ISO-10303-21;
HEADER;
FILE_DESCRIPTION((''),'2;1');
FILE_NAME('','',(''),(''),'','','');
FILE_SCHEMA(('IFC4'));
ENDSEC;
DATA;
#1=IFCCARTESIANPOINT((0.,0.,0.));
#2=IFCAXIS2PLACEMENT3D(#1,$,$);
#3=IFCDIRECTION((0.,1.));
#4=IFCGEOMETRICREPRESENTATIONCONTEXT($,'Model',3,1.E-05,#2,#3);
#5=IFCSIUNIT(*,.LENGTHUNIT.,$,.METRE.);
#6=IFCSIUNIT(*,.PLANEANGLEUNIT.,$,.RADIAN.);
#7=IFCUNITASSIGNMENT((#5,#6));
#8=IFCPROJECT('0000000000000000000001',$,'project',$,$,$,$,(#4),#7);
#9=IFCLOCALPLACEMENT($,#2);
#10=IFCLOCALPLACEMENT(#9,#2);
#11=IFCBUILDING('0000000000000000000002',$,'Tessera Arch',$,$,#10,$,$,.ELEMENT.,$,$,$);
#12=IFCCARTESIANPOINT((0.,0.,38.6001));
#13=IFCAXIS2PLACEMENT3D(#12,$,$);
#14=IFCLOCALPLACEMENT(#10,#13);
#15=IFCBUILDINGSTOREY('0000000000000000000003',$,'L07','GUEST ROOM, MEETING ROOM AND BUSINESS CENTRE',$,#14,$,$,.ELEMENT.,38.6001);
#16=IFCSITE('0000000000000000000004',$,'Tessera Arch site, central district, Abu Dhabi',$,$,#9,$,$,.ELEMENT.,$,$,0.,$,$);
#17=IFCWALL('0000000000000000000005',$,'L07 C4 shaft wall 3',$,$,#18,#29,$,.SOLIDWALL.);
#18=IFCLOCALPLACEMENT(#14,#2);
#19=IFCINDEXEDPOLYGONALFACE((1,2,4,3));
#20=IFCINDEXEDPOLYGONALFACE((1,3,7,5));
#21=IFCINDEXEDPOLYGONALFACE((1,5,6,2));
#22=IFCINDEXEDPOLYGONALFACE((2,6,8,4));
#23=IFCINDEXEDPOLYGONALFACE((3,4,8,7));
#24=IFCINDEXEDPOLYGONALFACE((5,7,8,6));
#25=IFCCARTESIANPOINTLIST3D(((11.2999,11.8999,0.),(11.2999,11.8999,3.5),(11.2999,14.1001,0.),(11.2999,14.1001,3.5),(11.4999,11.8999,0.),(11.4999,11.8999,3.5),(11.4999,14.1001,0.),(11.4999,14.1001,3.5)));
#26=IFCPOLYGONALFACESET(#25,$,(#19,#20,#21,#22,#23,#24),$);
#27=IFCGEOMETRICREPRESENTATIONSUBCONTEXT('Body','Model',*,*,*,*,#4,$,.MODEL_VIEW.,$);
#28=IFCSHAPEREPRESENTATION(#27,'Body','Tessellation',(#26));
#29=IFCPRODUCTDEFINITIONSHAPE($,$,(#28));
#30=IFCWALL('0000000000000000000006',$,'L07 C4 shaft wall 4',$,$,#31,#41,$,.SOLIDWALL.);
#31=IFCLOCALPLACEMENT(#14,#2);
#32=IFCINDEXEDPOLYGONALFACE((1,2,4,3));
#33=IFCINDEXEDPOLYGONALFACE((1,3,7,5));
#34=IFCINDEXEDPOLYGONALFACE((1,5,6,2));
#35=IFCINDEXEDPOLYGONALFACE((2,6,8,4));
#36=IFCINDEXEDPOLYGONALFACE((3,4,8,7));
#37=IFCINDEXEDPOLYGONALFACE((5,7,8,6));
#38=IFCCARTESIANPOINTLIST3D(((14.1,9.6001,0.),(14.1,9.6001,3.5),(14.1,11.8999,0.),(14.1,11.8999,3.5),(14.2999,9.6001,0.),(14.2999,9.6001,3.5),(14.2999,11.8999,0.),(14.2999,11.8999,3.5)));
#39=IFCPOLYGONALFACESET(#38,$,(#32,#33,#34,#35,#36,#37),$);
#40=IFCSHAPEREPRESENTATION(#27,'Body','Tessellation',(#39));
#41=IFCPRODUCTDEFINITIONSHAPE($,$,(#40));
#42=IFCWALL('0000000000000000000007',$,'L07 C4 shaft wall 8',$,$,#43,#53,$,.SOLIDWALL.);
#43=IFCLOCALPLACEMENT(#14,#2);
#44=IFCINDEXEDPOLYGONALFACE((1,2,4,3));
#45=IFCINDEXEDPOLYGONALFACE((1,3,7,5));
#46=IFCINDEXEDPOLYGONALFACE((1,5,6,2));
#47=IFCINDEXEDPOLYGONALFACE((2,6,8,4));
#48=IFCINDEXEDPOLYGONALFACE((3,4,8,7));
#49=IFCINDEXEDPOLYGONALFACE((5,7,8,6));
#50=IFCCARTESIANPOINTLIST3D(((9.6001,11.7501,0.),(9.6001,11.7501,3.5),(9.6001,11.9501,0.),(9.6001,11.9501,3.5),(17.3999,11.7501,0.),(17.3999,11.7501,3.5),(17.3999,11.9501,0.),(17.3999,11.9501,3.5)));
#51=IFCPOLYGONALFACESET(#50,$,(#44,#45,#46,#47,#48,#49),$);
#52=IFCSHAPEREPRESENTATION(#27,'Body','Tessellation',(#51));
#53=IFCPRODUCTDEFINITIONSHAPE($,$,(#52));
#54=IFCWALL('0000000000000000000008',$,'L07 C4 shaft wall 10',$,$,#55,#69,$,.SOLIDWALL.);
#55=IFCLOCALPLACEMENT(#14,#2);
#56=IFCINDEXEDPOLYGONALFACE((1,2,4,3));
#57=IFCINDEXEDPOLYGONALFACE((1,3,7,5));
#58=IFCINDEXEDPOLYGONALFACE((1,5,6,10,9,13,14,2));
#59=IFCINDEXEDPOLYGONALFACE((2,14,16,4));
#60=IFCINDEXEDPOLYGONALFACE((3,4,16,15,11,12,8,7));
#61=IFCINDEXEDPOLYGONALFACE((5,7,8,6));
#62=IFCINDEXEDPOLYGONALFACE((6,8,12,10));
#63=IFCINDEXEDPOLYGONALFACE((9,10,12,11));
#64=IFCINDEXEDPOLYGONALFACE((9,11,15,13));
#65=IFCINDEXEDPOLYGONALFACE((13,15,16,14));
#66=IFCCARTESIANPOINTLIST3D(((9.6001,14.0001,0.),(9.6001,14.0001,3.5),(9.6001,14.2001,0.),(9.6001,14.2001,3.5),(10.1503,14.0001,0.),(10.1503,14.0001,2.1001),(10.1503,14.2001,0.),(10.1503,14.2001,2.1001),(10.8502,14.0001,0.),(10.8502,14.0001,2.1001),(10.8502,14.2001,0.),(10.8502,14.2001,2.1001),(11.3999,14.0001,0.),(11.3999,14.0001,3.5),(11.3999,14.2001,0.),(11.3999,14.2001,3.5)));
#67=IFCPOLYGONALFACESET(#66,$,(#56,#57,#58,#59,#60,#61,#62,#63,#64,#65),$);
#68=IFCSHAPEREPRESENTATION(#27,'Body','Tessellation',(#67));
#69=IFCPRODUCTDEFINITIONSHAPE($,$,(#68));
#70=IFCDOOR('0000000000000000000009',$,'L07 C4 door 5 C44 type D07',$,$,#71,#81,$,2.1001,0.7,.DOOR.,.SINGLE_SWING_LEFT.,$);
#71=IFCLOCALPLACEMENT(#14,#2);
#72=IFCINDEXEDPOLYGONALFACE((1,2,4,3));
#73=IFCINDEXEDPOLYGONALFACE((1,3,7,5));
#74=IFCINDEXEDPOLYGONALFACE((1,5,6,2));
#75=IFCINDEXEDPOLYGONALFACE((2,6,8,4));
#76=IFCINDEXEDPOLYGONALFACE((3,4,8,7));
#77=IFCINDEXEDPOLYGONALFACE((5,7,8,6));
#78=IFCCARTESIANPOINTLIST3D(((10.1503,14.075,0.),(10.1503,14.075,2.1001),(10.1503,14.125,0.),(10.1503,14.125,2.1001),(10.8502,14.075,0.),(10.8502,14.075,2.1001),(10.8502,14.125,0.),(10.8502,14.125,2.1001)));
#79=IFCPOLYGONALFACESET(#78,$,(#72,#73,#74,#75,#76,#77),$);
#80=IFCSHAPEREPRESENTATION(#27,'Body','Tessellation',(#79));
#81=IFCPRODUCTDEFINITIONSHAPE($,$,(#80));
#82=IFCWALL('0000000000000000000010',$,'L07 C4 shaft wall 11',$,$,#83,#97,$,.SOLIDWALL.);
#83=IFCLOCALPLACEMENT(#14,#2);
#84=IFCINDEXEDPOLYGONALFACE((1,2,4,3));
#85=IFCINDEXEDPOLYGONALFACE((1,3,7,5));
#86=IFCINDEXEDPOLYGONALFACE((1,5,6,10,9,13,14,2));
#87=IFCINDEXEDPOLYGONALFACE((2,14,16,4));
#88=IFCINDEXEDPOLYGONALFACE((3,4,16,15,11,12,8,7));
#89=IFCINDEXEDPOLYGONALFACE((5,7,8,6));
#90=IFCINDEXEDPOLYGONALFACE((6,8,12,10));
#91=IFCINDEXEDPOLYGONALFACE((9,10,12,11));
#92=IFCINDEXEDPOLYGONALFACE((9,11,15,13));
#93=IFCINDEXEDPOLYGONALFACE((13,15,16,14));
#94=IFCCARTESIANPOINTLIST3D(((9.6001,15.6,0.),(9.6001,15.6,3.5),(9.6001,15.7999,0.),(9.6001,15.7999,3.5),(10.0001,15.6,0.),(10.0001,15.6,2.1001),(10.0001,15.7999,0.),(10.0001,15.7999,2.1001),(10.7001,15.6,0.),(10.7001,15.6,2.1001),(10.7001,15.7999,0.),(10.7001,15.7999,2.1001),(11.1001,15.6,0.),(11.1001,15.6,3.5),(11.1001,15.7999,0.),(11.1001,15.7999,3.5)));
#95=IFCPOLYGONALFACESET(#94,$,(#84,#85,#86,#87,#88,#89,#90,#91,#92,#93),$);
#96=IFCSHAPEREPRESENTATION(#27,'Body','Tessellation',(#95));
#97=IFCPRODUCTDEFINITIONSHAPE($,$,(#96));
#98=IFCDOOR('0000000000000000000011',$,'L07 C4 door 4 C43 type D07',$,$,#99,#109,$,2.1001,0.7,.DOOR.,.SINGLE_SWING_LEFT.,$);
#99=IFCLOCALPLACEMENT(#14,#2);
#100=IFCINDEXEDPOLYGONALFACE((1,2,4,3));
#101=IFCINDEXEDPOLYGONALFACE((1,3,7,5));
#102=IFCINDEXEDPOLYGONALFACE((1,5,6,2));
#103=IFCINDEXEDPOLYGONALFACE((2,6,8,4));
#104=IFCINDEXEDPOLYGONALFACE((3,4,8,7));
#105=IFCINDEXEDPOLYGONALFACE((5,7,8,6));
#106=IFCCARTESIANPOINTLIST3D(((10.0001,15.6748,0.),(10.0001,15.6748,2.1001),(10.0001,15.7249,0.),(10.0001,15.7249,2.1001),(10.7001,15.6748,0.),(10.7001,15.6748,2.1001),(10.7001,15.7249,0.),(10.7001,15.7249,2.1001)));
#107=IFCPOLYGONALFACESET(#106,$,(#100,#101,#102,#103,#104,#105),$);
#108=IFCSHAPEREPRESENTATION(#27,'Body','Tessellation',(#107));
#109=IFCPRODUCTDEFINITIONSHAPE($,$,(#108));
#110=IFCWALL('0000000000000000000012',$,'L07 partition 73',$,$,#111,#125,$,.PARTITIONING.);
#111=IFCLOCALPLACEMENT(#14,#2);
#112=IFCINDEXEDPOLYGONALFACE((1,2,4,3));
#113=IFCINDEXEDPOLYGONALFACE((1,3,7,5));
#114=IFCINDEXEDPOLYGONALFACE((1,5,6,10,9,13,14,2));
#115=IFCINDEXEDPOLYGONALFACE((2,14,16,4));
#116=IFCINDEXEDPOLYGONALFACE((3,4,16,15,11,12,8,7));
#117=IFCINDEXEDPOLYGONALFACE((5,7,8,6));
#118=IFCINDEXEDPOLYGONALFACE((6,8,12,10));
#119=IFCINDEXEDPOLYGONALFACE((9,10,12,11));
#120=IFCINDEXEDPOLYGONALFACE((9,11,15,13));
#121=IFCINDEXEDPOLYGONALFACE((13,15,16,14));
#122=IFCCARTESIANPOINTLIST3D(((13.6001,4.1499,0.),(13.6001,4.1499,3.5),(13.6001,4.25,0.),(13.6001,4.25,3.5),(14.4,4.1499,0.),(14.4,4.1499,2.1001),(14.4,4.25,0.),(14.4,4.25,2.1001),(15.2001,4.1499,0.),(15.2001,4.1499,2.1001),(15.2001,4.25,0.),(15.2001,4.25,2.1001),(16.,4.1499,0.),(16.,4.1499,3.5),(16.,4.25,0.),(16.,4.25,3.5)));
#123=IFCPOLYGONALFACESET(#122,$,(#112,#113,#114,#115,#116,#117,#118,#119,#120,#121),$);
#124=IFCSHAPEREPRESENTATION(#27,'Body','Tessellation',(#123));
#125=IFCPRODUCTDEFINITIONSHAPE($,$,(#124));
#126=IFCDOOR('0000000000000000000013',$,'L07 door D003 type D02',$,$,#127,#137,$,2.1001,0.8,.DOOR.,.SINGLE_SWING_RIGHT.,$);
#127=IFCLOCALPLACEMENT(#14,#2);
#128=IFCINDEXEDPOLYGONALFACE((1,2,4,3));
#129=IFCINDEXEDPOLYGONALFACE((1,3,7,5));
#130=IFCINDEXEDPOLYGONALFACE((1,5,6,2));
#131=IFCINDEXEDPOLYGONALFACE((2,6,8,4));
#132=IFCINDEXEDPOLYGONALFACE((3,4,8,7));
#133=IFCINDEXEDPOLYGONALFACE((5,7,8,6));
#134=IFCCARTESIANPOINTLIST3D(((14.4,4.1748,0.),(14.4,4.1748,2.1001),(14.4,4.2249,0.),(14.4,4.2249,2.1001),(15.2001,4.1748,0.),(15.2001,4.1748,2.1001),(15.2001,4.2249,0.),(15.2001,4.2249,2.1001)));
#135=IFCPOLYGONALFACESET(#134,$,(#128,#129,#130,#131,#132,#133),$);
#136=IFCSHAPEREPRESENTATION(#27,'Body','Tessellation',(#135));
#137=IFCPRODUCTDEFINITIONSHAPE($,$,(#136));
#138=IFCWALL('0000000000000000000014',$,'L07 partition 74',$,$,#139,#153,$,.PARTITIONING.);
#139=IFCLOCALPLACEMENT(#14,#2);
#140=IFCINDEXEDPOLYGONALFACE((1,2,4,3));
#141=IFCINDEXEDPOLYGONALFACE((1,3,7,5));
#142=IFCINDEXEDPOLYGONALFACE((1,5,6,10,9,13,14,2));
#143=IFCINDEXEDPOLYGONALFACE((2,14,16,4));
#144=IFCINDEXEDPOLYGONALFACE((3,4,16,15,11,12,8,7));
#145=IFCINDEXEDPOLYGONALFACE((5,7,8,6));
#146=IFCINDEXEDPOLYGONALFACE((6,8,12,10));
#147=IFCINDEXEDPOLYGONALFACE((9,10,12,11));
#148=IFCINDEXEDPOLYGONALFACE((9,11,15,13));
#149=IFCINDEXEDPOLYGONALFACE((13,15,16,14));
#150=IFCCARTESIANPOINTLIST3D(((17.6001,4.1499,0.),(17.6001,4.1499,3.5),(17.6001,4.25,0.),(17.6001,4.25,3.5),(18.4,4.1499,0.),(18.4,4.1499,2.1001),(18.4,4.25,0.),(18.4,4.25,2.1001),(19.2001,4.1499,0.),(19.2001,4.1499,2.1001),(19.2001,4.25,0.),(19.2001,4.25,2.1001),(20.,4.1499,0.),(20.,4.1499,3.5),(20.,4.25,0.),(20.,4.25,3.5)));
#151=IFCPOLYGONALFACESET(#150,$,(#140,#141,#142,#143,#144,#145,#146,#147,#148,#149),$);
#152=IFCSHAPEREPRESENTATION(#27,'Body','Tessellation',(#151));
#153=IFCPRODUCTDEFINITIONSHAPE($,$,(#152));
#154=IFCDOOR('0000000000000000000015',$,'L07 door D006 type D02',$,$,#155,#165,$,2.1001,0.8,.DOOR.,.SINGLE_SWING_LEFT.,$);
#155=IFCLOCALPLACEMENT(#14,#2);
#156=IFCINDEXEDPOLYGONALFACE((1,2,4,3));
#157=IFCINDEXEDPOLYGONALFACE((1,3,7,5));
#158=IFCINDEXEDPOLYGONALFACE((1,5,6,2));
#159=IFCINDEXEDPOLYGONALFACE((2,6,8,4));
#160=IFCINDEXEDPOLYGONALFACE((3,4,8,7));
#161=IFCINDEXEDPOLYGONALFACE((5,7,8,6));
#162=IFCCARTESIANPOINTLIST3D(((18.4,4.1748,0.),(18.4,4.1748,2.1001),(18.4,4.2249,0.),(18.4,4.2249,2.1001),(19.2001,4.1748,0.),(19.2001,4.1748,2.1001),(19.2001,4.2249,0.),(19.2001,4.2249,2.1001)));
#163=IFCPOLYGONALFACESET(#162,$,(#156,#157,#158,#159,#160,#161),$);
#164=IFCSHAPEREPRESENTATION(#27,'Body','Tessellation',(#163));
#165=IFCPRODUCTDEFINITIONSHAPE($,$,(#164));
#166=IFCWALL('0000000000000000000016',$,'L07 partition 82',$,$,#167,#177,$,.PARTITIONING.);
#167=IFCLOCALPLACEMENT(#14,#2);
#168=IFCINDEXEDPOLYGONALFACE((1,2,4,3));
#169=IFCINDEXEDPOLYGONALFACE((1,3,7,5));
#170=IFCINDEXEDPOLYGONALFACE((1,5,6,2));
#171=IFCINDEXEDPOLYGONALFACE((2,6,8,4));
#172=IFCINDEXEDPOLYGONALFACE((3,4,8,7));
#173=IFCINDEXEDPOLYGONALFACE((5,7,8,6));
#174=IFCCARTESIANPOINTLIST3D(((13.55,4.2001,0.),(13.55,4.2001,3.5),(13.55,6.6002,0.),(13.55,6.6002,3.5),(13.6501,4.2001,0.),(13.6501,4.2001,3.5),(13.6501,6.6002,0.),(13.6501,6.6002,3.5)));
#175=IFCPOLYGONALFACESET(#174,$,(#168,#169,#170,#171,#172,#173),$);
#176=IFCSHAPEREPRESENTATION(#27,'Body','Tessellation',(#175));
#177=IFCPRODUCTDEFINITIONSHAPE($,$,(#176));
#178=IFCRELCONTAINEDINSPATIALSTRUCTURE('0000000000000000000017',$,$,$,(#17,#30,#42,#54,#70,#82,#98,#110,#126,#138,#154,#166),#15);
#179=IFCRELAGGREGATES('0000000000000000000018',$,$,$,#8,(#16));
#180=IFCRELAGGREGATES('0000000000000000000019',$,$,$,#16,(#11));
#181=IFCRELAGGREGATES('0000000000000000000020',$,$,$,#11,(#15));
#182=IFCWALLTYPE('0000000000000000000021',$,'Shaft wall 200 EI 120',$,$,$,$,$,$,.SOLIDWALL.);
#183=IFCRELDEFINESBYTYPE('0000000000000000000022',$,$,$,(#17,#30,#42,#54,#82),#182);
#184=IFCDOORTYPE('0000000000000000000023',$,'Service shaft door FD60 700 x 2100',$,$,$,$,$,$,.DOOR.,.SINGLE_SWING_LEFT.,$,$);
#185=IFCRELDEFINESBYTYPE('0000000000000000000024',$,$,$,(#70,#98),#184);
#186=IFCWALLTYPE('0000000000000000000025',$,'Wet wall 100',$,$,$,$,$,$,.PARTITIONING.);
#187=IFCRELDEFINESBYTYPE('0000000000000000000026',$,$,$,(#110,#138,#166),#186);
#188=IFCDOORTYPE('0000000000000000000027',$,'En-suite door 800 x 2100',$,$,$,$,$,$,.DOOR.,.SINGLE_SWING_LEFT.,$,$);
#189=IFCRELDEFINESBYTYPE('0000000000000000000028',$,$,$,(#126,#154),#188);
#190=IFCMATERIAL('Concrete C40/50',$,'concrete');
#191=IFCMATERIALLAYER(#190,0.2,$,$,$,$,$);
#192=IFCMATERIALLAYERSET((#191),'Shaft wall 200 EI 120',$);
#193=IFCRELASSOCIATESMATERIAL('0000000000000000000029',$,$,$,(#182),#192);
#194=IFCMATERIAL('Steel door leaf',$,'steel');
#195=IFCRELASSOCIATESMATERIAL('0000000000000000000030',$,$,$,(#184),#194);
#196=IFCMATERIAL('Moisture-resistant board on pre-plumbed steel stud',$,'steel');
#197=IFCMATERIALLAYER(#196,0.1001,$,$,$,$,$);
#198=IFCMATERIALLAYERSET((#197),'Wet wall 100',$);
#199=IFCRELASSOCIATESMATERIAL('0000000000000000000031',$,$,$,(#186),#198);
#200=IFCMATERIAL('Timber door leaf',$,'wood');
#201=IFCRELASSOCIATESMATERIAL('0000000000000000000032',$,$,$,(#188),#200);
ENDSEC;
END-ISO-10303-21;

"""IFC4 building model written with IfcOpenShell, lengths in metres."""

from ifc_helpers import new_model, si_unit, direction, frame, frame_2d, origin, place, context, subcontext, project, spatial, rectangle, extrude, material, layer, layer_set, type_object, element, fill, save


model = new_model("IFC4")

# Units and contexts
model_context = context("Model", 3, precision=1e-05, world=origin(), true_north=direction((0.0, 1.0)))
body_context = subcontext(model_context, "Body", "Model", "MODEL_VIEW")
ifc_project = project(units=[si_unit("LENGTHUNIT", "METRE"), si_unit("PLANEANGLEUNIT", "RADIAN")], contexts=[model_context])

# Site, building, storey
site_placement = place(None, origin())
site = spatial("IfcSite", under=ifc_project, at=site_placement, Name="Tessera Arch site, central district, Abu Dhabi", CompositionType="ELEMENT", RefElevation=0.0)
building_placement = place(site_placement, origin())
building = spatial("IfcBuilding", under=site, at=building_placement, Name="Tessera Arch", CompositionType="ELEMENT")
storey_placement = place(building_placement, frame((0.0, 0.0, 38.6001)))
storey = spatial("IfcBuildingStorey", under=building, at=storey_placement, Name="L07", Description="GUEST ROOM, MEETING ROOM AND BUSINESS CENTRE", CompositionType="ELEMENT", Elevation=38.6001)

# Walls
ifc_material_1 = material(Name="Concrete C40/50", Category="concrete")
ifc_layer_1 = layer(ifc_material_1, 0.2)
ifc_layer_set_1 = layer_set([ifc_layer_1], Name="Shaft wall 200 EI 120")
wall_type_1 = type_object("IfcWallType", Name="Shaft wall 200 EI 120", PredefinedType="SOLIDWALL", material=ifc_layer_set_1)
wall_1_placement = place(storey_placement, frame((11.3999, 11.8999, 0.0), z_axis=(0.0, 0.0, 1.0), x_axis=(0.0, 1.0, 0.0)))
element("IfcWall", 1, at=wall_1_placement, inside=storey, type_object=wall_type_1, Name="L07 C4 shaft wall 3", PredefinedType="SOLIDWALL", context=body_context, shape_type="SweptSolid", body=[
    extrude(rectangle(XDim=2.2002, YDim=0.2, at=frame_2d((1.1001, 0.0))), origin(), (0.0, 0.0, 1.0), 3.5),
])
wall_2_placement = place(storey_placement, frame((14.2, 9.6001, 0.0), z_axis=(0.0, 0.0, 1.0), x_axis=(0.0, 1.0, 0.0)))
element("IfcWall", 2, at=wall_2_placement, inside=storey, type_object=wall_type_1, Name="L07 C4 shaft wall 4", PredefinedType="SOLIDWALL", context=body_context, shape_type="SweptSolid", body=[
    extrude(rectangle(XDim=2.2998, YDim=0.2, at=frame_2d((1.1499, 0.0))), origin(), (0.0, 0.0, 1.0), 3.5),
])
wall_3_placement = place(storey_placement, frame((9.6001, 11.8501, 0.0), z_axis=(0.0, 0.0, 1.0), x_axis=(1.0, 0.0, 0.0)))
element("IfcWall", 3, at=wall_3_placement, inside=storey, type_object=wall_type_1, Name="L07 C4 shaft wall 8", PredefinedType="SOLIDWALL", context=body_context, shape_type="SweptSolid", body=[
    extrude(rectangle(XDim=7.7998, YDim=0.2, at=frame_2d((3.8999, 0.0))), origin(), (0.0, 0.0, 1.0), 3.5),
])

# Walls, openings, doors
wall_4_placement = place(storey_placement, frame((9.6001, 14.1001, 0.0), z_axis=(0.0, 0.0, 1.0), x_axis=(1.0, 0.0, 0.0)))
wall_4 = element("IfcWall", 4, at=wall_4_placement, inside=storey, type_object=wall_type_1, Name="L07 C4 shaft wall 10", PredefinedType="SOLIDWALL", context=body_context, shape_type="SweptSolid", body=[
    extrude(rectangle(XDim=1.7998, YDim=0.2, at=frame_2d((0.8999, 0.0))), origin(), (0.0, 0.0, 1.0), 3.5),
])
opening_1_placement = place(wall_4_placement, frame((0.55, 0.0, 0.0)))
opening_1 = element("IfcOpeningElement", 5, at=opening_1_placement, cuts=wall_4, PredefinedType="OPENING", context=body_context, shape_type="SweptSolid", body=[
    extrude(rectangle(XDim=0.7, YDim=2.1001, at=frame_2d((0.3501, 1.05))), frame((0.0, 0.1099, 0.0), z_axis=(0.0, -1.0, 0.0), x_axis=(1.0, 0.0, 0.0)), (0.0, 0.0, 1.0), 0.22),
])
ifc_material_2 = material(Name="Steel door leaf", Category="steel")
door_type_1 = type_object("IfcDoorType", Name="Service shaft door FD60 700 x 2100", OperationType="SINGLE_SWING_LEFT", PredefinedType="DOOR", material=ifc_material_2)
door_1_placement = place(opening_1_placement, origin())
door_1 = element("IfcDoor", 6, at=door_1_placement, inside=storey, type_object=door_type_1, Name="L07 C4 door 5 C44 type D07", OperationType="SINGLE_SWING_LEFT", OverallHeight=2.1001, OverallWidth=0.7, PredefinedType="DOOR", context=body_context, shape_type="SweptSolid", body=[
    extrude(rectangle(XDim=0.7, YDim=2.1001, at=frame_2d((0.3501, 1.05))), frame((0.0, 0.0249, 0.0), z_axis=(0.0, -1.0, 0.0), x_axis=(1.0, 0.0, 0.0)), (0.0, 0.0, 1.0), 0.05),
])
fill(opening_1, door_1)
wall_5_placement = place(storey_placement, frame((9.6001, 15.7, 0.0), z_axis=(0.0, 0.0, 1.0), x_axis=(1.0, 0.0, 0.0)))
wall_5 = element("IfcWall", 7, at=wall_5_placement, inside=storey, type_object=wall_type_1, Name="L07 C4 shaft wall 11", PredefinedType="SOLIDWALL", context=body_context, shape_type="SweptSolid", body=[
    extrude(rectangle(XDim=1.5, YDim=0.2, at=frame_2d((0.75, 0.0))), origin(), (0.0, 0.0, 1.0), 3.5),
])
opening_2_placement = place(wall_5_placement, frame((0.3999, 0.0, 0.0)))
opening_2 = element("IfcOpeningElement", 8, at=opening_2_placement, cuts=wall_5, PredefinedType="OPENING", context=body_context, shape_type="SweptSolid", body=[
    extrude(rectangle(XDim=0.7, YDim=2.1001, at=frame_2d((0.3501, 1.05))), frame((0.0, 0.1099, 0.0), z_axis=(0.0, -1.0, 0.0), x_axis=(1.0, 0.0, 0.0)), (0.0, 0.0, 1.0), 0.22),
])
door_2_placement = place(opening_2_placement, origin())
door_2 = element("IfcDoor", 9, at=door_2_placement, inside=storey, type_object=door_type_1, Name="L07 C4 door 4 C43 type D07", OperationType="SINGLE_SWING_LEFT", OverallHeight=2.1001, OverallWidth=0.7, PredefinedType="DOOR", context=body_context, shape_type="SweptSolid", body=[
    extrude(rectangle(XDim=0.7, YDim=2.1001, at=frame_2d((0.3501, 1.05))), frame((0.0, 0.0249, 0.0), z_axis=(0.0, -1.0, 0.0), x_axis=(1.0, 0.0, 0.0)), (0.0, 0.0, 1.0), 0.05),
])
fill(opening_2, door_2)
ifc_material_3 = material(Name="Moisture-resistant board on pre-plumbed steel stud", Category="steel")
ifc_layer_2 = layer(ifc_material_3, 0.1001)
ifc_layer_set_2 = layer_set([ifc_layer_2], Name="Wet wall 100")
wall_type_2 = type_object("IfcWallType", Name="Wet wall 100", PredefinedType="PARTITIONING", material=ifc_layer_set_2)
wall_6_placement = place(storey_placement, frame((13.6001, 4.2, 0.0), z_axis=(0.0, 0.0, 1.0), x_axis=(1.0, 0.0, 0.0)))
wall_6 = element("IfcWall", 10, at=wall_6_placement, inside=storey, type_object=wall_type_2, Name="L07 partition 73", PredefinedType="PARTITIONING", context=body_context, shape_type="SweptSolid", body=[
    extrude(rectangle(XDim=2.3999, YDim=0.1001, at=frame_2d((1.2, 0.0))), origin(), (0.0, 0.0, 1.0), 3.5),
])
opening_3_placement = place(wall_6_placement, frame((0.8, 0.0, 0.0)))
opening_3 = element("IfcOpeningElement", 11, at=opening_3_placement, cuts=wall_6, PredefinedType="OPENING", context=body_context, shape_type="SweptSolid", body=[
    extrude(rectangle(XDim=0.8, YDim=2.1001, at=frame_2d((0.3999, 1.05))), frame((0.0, 0.0601, 0.0), z_axis=(0.0, -1.0, 0.0), x_axis=(1.0, 0.0, 0.0)), (0.0, 0.0, 1.0), 0.1201),
])
ifc_material_4 = material(Name="Timber door leaf", Category="wood")
door_type_2 = type_object("IfcDoorType", Name="En-suite door 800 x 2100", OperationType="SINGLE_SWING_LEFT", PredefinedType="DOOR", material=ifc_material_4)
door_3_placement = place(opening_3_placement, origin())
door_3 = element("IfcDoor", 12, at=door_3_placement, inside=storey, type_object=door_type_2, Name="L07 door D003 type D02", OperationType="SINGLE_SWING_RIGHT", OverallHeight=2.1001, OverallWidth=0.8, PredefinedType="DOOR", context=body_context, shape_type="SweptSolid", body=[
    extrude(rectangle(XDim=0.8, YDim=2.1001, at=frame_2d((0.3999, 1.05))), frame((0.0, 0.0249, 0.0), z_axis=(0.0, -1.0, 0.0), x_axis=(1.0, 0.0, 0.0)), (0.0, 0.0, 1.0), 0.05),
])
fill(opening_3, door_3)
wall_7_placement = place(storey_placement, frame((17.6001, 4.2, 0.0), z_axis=(0.0, 0.0, 1.0), x_axis=(1.0, 0.0, 0.0)))
wall_7 = element("IfcWall", 13, at=wall_7_placement, inside=storey, type_object=wall_type_2, Name="L07 partition 74", PredefinedType="PARTITIONING", context=body_context, shape_type="SweptSolid", body=[
    extrude(rectangle(XDim=2.3999, YDim=0.1001, at=frame_2d((1.2, 0.0))), origin(), (0.0, 0.0, 1.0), 3.5),
])
opening_4_placement = place(wall_7_placement, frame((0.8, 0.0, 0.0)))
opening_4 = element("IfcOpeningElement", 14, at=opening_4_placement, cuts=wall_7, PredefinedType="OPENING", context=body_context, shape_type="SweptSolid", body=[
    extrude(rectangle(XDim=0.8, YDim=2.1001, at=frame_2d((0.3999, 1.05))), frame((0.0, 0.0601, 0.0), z_axis=(0.0, -1.0, 0.0), x_axis=(1.0, 0.0, 0.0)), (0.0, 0.0, 1.0), 0.1201),
])
door_4_placement = place(opening_4_placement, origin())
door_4 = element("IfcDoor", 15, at=door_4_placement, inside=storey, type_object=door_type_2, Name="L07 door D006 type D02", OperationType="SINGLE_SWING_LEFT", OverallHeight=2.1001, OverallWidth=0.8, PredefinedType="DOOR", context=body_context, shape_type="SweptSolid", body=[
    extrude(rectangle(XDim=0.8, YDim=2.1001, at=frame_2d((0.3999, 1.05))), frame((0.0, 0.0249, 0.0), z_axis=(0.0, -1.0, 0.0), x_axis=(1.0, 0.0, 0.0)), (0.0, 0.0, 1.0), 0.05),
])
fill(opening_4, door_4)

# Wall
for number, where, z_axis, x_axis, name in (
    (16, (13.6001, 4.2, 0.0), (0.0, 0.0, 1.0), (0.0, 1.0, 0.0), "L07 partition 82"),
):
    element("IfcWall", number, at=place(storey_placement, frame(where, z_axis=z_axis, x_axis=x_axis)), inside=storey, type_object=wall_type_2, Name=name, PredefinedType="PARTITIONING", context=body_context, shape_type="SweptSolid", body=[
        extrude(rectangle(XDim=2.4001, YDim=0.1001, at=frame_2d((1.2002, 0.0))), origin(), (0.0, 0.0, 1.0), 3.5),
    ])

save(model, "model.ifc")
